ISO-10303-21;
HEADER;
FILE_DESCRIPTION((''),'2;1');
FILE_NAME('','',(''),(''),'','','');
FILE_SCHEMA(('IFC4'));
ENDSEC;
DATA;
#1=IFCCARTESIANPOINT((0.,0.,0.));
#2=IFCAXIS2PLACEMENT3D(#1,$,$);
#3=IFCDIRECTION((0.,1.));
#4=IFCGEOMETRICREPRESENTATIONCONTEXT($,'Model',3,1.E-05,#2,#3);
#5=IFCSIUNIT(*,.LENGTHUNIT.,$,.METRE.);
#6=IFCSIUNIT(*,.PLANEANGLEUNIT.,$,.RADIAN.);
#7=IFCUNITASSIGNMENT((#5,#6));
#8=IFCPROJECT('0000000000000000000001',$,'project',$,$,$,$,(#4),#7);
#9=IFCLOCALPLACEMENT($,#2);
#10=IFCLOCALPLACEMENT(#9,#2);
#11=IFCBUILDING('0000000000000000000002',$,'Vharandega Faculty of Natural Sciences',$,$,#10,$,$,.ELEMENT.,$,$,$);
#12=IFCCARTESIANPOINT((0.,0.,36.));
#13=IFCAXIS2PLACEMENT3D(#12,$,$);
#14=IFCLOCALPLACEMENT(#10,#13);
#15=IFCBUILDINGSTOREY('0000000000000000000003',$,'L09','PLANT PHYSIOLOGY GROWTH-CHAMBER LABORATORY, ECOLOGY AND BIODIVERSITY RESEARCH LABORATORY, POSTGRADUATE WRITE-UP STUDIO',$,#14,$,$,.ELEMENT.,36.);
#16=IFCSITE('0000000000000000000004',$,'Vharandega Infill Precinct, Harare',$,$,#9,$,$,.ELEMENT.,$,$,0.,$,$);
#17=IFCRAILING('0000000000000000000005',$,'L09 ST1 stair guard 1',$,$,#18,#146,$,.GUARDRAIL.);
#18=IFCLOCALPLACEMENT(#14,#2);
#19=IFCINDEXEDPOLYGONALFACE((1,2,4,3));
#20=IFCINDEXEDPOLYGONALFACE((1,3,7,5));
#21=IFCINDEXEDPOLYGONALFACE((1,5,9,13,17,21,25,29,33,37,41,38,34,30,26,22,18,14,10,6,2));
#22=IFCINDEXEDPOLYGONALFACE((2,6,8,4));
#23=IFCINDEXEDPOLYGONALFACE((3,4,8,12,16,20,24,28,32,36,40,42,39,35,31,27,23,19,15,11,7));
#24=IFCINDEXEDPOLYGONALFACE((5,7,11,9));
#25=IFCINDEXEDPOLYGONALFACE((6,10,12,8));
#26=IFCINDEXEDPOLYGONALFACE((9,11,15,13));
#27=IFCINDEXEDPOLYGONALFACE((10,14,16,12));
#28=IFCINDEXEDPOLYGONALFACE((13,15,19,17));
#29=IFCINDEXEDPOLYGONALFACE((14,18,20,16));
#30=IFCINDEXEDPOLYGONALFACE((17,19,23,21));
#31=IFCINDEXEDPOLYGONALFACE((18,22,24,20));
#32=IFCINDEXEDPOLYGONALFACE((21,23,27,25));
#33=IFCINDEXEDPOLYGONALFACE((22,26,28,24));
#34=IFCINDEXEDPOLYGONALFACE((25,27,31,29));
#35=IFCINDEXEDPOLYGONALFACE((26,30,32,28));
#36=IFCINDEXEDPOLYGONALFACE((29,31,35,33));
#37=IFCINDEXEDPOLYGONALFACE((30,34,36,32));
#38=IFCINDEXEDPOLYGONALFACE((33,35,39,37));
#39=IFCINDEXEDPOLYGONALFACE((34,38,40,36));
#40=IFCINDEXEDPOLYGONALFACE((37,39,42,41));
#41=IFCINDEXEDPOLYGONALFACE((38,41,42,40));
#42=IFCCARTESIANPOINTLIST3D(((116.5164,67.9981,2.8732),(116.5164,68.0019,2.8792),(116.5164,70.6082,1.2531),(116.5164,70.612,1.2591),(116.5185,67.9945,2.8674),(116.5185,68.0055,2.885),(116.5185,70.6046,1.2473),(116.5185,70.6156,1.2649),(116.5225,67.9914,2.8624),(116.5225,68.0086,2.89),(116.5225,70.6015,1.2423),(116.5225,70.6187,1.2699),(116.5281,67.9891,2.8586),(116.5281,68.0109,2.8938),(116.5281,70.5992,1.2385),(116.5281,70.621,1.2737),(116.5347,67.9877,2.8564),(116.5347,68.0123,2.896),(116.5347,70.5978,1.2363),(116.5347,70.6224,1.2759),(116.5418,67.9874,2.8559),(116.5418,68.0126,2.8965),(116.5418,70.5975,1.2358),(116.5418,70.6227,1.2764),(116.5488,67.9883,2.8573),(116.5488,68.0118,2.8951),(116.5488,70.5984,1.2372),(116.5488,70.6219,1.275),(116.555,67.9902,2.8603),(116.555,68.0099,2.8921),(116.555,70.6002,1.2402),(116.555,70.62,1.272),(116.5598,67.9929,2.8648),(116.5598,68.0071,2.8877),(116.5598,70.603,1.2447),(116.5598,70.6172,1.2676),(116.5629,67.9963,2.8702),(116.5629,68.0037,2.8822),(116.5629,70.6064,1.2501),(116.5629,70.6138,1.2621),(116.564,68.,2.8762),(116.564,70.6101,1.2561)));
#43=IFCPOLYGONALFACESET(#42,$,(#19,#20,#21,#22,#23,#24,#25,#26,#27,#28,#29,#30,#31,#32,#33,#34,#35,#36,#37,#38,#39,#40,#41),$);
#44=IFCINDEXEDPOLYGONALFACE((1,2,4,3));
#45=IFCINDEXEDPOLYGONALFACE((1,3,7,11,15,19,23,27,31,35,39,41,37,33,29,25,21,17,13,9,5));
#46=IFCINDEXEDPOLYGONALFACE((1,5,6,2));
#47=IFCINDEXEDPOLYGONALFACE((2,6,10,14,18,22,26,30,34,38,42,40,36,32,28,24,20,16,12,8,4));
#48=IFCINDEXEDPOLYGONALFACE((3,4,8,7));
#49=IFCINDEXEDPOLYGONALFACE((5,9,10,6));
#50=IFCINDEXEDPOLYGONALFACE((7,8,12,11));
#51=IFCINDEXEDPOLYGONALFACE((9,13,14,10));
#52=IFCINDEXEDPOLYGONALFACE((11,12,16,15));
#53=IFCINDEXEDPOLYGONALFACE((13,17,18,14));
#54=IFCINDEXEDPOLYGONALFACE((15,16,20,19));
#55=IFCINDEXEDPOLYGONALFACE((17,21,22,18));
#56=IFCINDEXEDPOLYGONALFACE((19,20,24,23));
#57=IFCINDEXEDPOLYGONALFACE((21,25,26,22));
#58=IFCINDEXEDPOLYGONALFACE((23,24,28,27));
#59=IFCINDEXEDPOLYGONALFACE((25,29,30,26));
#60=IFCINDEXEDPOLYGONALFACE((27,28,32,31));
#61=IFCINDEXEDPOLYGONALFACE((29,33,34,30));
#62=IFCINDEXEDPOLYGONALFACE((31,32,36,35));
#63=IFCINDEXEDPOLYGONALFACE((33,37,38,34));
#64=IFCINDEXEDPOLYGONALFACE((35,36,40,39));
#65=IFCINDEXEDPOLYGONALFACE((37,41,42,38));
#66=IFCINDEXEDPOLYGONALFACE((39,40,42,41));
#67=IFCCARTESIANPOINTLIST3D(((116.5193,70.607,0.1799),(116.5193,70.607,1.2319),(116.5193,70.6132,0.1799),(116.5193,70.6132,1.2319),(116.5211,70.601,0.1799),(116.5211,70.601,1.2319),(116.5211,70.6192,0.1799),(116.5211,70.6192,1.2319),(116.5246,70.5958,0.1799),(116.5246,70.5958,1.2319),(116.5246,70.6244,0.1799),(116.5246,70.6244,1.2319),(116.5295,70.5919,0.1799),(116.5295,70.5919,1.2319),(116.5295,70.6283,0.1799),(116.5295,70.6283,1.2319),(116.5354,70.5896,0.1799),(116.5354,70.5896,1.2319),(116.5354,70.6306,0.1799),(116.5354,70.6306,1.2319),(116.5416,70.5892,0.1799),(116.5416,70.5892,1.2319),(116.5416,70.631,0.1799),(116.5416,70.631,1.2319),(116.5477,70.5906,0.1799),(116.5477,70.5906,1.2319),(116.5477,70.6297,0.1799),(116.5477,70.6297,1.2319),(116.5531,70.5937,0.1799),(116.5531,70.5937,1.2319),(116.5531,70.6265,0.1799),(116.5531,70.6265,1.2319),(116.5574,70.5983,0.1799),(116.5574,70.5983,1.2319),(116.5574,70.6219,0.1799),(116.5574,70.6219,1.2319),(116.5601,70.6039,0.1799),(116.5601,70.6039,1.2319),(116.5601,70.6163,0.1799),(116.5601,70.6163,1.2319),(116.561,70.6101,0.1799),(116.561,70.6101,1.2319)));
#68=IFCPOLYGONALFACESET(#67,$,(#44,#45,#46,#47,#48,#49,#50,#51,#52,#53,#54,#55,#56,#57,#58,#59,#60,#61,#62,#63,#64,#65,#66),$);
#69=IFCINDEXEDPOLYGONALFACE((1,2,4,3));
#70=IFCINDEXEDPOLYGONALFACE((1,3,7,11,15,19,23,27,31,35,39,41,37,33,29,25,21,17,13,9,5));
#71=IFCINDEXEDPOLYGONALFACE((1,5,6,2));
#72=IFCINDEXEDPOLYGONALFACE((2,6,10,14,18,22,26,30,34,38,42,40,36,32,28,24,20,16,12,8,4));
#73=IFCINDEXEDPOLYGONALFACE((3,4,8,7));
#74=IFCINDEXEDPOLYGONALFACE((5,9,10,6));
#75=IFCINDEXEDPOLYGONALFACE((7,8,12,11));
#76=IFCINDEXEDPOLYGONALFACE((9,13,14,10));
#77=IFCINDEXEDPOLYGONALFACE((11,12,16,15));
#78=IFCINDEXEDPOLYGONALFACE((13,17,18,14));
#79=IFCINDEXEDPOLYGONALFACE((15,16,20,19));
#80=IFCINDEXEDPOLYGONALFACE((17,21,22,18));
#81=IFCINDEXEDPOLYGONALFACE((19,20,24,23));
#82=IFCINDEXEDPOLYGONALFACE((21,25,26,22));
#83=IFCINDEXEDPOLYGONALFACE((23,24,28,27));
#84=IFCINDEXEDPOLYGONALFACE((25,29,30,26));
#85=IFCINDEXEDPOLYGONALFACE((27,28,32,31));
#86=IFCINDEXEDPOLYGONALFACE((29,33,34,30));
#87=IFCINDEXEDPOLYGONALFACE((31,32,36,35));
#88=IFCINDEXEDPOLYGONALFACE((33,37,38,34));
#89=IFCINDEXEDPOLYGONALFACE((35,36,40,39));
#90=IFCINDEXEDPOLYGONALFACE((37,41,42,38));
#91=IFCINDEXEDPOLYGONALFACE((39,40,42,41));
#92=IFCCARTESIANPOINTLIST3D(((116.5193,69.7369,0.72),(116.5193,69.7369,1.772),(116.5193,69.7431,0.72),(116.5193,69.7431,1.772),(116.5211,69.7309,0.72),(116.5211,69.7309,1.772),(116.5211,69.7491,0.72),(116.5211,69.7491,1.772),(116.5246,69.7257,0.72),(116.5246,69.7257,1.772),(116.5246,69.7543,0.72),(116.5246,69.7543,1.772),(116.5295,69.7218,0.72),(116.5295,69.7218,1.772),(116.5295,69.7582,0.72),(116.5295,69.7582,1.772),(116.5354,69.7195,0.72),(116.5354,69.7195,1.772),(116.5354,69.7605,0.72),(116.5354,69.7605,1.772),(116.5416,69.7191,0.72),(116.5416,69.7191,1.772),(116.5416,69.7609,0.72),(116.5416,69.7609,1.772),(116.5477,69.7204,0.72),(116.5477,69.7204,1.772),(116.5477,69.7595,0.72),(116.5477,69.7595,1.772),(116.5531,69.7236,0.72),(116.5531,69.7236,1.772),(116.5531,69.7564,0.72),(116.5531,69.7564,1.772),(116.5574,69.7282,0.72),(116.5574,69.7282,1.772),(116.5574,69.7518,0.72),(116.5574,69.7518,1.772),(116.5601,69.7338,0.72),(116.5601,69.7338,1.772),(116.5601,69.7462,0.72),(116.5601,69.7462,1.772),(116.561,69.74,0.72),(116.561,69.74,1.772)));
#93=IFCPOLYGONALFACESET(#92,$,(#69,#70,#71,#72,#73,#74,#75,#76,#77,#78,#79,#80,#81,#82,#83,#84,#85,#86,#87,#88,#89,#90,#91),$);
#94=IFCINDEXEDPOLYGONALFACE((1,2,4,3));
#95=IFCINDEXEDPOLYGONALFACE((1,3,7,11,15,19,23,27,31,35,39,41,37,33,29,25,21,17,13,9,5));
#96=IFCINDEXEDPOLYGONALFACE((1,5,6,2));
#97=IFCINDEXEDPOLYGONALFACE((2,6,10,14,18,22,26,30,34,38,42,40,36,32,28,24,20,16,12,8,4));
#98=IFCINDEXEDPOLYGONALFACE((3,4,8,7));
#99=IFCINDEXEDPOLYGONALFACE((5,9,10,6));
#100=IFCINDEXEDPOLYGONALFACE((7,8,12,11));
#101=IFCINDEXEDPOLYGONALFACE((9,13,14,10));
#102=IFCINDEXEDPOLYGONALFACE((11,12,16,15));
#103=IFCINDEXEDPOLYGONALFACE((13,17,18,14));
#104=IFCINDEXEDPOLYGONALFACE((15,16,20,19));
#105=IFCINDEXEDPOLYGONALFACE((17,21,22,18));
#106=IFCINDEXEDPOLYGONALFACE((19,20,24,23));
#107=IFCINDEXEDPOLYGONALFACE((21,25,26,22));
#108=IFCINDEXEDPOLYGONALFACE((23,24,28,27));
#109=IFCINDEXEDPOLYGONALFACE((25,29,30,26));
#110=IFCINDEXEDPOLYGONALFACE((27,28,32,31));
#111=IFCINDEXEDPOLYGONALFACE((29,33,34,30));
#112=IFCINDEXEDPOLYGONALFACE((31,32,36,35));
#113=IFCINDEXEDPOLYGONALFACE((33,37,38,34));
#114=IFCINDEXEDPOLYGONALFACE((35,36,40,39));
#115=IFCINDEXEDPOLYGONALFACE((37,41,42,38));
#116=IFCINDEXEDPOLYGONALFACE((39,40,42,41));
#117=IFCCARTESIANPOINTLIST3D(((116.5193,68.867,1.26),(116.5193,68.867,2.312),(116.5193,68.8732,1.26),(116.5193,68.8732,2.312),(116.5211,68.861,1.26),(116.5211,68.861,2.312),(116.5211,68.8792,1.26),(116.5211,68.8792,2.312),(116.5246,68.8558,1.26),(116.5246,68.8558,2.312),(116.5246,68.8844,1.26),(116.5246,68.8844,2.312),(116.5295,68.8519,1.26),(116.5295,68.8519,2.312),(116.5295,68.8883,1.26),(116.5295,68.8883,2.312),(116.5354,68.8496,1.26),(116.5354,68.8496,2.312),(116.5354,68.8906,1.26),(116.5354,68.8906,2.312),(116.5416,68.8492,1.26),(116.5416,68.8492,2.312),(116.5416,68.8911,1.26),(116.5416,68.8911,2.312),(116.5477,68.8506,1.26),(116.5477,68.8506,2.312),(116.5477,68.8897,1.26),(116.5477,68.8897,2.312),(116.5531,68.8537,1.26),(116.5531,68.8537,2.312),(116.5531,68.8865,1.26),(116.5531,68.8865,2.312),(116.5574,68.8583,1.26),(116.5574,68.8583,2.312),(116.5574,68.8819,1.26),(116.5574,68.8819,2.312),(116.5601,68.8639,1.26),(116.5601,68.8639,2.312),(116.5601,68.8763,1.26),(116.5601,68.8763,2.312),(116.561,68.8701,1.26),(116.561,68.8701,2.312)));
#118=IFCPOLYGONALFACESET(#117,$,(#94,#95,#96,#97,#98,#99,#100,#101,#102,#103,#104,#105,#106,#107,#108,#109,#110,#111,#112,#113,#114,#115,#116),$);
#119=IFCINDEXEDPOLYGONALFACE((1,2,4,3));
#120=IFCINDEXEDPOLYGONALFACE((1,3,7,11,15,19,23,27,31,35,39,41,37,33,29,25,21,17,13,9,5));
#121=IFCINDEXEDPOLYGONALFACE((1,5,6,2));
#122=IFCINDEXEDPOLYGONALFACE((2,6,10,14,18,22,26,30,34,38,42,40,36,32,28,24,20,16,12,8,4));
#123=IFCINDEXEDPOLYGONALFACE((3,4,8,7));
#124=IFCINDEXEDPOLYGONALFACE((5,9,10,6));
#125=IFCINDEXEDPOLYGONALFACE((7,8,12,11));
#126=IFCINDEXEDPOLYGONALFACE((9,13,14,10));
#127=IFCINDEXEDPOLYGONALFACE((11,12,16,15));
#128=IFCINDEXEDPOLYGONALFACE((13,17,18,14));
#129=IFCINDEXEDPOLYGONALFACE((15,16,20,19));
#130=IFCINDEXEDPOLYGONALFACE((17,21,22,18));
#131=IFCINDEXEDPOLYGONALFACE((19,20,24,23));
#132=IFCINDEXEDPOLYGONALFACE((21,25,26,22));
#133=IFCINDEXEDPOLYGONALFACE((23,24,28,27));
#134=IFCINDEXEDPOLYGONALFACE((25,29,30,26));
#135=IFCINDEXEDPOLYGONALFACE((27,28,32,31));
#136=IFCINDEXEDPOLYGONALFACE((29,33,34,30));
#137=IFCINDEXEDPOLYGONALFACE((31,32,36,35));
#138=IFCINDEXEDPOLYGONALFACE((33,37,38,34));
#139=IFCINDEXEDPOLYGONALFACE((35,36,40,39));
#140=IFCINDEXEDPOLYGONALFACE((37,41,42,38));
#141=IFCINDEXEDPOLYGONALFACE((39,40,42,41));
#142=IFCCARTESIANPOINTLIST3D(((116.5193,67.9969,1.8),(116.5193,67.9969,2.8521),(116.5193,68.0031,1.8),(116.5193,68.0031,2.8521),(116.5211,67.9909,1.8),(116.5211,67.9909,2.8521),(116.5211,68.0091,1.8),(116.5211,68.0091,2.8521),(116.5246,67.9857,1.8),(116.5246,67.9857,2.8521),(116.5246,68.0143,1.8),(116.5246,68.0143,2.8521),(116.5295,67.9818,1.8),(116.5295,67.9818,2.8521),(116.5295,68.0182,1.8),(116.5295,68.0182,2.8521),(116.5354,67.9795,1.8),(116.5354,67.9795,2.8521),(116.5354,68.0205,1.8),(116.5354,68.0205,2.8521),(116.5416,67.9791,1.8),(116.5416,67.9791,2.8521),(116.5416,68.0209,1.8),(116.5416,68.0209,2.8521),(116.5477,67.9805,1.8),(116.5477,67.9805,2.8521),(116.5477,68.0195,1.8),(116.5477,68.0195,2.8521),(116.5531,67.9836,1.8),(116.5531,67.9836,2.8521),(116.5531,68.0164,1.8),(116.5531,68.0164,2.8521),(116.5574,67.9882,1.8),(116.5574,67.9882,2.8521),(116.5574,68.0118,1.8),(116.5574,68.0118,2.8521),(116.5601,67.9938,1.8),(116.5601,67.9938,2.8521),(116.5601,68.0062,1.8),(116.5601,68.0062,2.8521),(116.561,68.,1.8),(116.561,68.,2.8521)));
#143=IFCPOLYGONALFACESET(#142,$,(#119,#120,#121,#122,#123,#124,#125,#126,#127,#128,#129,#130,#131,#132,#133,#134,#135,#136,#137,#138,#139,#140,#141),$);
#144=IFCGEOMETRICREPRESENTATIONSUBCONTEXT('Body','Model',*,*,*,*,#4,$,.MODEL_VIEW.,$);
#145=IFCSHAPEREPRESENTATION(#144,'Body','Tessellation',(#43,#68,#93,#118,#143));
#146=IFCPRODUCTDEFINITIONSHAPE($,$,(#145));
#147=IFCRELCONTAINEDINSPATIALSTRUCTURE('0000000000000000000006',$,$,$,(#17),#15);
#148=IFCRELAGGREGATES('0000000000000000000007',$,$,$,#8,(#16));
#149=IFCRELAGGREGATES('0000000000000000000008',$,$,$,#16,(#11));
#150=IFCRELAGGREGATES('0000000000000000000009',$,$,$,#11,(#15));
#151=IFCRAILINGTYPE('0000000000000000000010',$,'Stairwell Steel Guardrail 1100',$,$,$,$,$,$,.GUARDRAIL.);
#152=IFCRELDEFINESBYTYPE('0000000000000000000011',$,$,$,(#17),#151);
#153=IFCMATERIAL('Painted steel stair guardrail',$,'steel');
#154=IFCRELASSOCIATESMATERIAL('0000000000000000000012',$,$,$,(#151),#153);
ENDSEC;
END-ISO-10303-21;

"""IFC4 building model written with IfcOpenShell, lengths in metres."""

from ifc_helpers import new_model, si_unit, direction, frame, origin, origin_2d, place, context, subcontext, project, spatial, circle, extrude, material, type_object, element, save


model = new_model("IFC4")

# Units and contexts
model_context = context("Model", 3, precision=1e-05, world=origin(), true_north=direction((0.0, 1.0)))
body_context = subcontext(model_context, "Body", "Model", "MODEL_VIEW")
ifc_project = project(units=[si_unit("LENGTHUNIT", "METRE"), si_unit("PLANEANGLEUNIT", "RADIAN")], contexts=[model_context])

# Site, building, storey
site_placement = place(None, origin())
site = spatial("IfcSite", under=ifc_project, at=site_placement, Name="Vharandega Infill Precinct, Harare", CompositionType="ELEMENT", RefElevation=0.0)
building_placement = place(site_placement, origin())
building = spatial("IfcBuilding", under=site, at=building_placement, Name="Vharandega Faculty of Natural Sciences", CompositionType="ELEMENT")
storey_placement = place(building_placement, frame((0.0, 0.0, 36.0)))
storey = spatial("IfcBuildingStorey", under=building, at=storey_placement, Name="L09", Description="PLANT PHYSIOLOGY GROWTH-CHAMBER LABORATORY, ECOLOGY AND BIODIVERSITY RESEARCH LABORATORY, POSTGRADUATE WRITE-UP STUDIO", CompositionType="ELEMENT", Elevation=36.0)

# Railing
ifc_material_1 = material(Name="Painted steel stair guardrail", Category="steel")
railing_type_1 = type_object("IfcRailingType", Name="Stairwell Steel Guardrail 1100", PredefinedType="GUARDRAIL", material=ifc_material_1)
railing_1_placement = place(storey_placement, frame((116.54, 70.6101, 0.1799)))
element("IfcRailing", 1, at=railing_1_placement, inside=storey, type_object=railing_type_1, Name="L09 ST1 stair guard 1", PredefinedType="GUARDRAIL", context=body_context, shape_type="SweptSolid", body=[
    extrude(circle(Radius=0.0239, at=origin_2d()), frame((0.0, 0.0, 1.0762), z_axis=(0.0, -0.849633, 0.527375), x_axis=(1.0, 0.0, 0.0)), (0.0, 0.0, 1.0), 3.072),
    extrude(circle(Radius=0.021, at=origin_2d()), origin(), (0.0, 0.0, 1.0), 1.052),
    extrude(circle(Radius=0.021, at=origin_2d()), frame((0.0, -0.8701, 0.54)), (0.0, 0.0, 1.0), 1.052),
    extrude(circle(Radius=0.021, at=origin_2d()), frame((0.0, -1.74, 1.0801)), (0.0, 0.0, 1.0), 1.052),
    extrude(circle(Radius=0.021, at=origin_2d()), frame((0.0, -2.6101, 1.6201)), (0.0, 0.0, 1.0), 1.052),
])

save(model, "model.ifc")
